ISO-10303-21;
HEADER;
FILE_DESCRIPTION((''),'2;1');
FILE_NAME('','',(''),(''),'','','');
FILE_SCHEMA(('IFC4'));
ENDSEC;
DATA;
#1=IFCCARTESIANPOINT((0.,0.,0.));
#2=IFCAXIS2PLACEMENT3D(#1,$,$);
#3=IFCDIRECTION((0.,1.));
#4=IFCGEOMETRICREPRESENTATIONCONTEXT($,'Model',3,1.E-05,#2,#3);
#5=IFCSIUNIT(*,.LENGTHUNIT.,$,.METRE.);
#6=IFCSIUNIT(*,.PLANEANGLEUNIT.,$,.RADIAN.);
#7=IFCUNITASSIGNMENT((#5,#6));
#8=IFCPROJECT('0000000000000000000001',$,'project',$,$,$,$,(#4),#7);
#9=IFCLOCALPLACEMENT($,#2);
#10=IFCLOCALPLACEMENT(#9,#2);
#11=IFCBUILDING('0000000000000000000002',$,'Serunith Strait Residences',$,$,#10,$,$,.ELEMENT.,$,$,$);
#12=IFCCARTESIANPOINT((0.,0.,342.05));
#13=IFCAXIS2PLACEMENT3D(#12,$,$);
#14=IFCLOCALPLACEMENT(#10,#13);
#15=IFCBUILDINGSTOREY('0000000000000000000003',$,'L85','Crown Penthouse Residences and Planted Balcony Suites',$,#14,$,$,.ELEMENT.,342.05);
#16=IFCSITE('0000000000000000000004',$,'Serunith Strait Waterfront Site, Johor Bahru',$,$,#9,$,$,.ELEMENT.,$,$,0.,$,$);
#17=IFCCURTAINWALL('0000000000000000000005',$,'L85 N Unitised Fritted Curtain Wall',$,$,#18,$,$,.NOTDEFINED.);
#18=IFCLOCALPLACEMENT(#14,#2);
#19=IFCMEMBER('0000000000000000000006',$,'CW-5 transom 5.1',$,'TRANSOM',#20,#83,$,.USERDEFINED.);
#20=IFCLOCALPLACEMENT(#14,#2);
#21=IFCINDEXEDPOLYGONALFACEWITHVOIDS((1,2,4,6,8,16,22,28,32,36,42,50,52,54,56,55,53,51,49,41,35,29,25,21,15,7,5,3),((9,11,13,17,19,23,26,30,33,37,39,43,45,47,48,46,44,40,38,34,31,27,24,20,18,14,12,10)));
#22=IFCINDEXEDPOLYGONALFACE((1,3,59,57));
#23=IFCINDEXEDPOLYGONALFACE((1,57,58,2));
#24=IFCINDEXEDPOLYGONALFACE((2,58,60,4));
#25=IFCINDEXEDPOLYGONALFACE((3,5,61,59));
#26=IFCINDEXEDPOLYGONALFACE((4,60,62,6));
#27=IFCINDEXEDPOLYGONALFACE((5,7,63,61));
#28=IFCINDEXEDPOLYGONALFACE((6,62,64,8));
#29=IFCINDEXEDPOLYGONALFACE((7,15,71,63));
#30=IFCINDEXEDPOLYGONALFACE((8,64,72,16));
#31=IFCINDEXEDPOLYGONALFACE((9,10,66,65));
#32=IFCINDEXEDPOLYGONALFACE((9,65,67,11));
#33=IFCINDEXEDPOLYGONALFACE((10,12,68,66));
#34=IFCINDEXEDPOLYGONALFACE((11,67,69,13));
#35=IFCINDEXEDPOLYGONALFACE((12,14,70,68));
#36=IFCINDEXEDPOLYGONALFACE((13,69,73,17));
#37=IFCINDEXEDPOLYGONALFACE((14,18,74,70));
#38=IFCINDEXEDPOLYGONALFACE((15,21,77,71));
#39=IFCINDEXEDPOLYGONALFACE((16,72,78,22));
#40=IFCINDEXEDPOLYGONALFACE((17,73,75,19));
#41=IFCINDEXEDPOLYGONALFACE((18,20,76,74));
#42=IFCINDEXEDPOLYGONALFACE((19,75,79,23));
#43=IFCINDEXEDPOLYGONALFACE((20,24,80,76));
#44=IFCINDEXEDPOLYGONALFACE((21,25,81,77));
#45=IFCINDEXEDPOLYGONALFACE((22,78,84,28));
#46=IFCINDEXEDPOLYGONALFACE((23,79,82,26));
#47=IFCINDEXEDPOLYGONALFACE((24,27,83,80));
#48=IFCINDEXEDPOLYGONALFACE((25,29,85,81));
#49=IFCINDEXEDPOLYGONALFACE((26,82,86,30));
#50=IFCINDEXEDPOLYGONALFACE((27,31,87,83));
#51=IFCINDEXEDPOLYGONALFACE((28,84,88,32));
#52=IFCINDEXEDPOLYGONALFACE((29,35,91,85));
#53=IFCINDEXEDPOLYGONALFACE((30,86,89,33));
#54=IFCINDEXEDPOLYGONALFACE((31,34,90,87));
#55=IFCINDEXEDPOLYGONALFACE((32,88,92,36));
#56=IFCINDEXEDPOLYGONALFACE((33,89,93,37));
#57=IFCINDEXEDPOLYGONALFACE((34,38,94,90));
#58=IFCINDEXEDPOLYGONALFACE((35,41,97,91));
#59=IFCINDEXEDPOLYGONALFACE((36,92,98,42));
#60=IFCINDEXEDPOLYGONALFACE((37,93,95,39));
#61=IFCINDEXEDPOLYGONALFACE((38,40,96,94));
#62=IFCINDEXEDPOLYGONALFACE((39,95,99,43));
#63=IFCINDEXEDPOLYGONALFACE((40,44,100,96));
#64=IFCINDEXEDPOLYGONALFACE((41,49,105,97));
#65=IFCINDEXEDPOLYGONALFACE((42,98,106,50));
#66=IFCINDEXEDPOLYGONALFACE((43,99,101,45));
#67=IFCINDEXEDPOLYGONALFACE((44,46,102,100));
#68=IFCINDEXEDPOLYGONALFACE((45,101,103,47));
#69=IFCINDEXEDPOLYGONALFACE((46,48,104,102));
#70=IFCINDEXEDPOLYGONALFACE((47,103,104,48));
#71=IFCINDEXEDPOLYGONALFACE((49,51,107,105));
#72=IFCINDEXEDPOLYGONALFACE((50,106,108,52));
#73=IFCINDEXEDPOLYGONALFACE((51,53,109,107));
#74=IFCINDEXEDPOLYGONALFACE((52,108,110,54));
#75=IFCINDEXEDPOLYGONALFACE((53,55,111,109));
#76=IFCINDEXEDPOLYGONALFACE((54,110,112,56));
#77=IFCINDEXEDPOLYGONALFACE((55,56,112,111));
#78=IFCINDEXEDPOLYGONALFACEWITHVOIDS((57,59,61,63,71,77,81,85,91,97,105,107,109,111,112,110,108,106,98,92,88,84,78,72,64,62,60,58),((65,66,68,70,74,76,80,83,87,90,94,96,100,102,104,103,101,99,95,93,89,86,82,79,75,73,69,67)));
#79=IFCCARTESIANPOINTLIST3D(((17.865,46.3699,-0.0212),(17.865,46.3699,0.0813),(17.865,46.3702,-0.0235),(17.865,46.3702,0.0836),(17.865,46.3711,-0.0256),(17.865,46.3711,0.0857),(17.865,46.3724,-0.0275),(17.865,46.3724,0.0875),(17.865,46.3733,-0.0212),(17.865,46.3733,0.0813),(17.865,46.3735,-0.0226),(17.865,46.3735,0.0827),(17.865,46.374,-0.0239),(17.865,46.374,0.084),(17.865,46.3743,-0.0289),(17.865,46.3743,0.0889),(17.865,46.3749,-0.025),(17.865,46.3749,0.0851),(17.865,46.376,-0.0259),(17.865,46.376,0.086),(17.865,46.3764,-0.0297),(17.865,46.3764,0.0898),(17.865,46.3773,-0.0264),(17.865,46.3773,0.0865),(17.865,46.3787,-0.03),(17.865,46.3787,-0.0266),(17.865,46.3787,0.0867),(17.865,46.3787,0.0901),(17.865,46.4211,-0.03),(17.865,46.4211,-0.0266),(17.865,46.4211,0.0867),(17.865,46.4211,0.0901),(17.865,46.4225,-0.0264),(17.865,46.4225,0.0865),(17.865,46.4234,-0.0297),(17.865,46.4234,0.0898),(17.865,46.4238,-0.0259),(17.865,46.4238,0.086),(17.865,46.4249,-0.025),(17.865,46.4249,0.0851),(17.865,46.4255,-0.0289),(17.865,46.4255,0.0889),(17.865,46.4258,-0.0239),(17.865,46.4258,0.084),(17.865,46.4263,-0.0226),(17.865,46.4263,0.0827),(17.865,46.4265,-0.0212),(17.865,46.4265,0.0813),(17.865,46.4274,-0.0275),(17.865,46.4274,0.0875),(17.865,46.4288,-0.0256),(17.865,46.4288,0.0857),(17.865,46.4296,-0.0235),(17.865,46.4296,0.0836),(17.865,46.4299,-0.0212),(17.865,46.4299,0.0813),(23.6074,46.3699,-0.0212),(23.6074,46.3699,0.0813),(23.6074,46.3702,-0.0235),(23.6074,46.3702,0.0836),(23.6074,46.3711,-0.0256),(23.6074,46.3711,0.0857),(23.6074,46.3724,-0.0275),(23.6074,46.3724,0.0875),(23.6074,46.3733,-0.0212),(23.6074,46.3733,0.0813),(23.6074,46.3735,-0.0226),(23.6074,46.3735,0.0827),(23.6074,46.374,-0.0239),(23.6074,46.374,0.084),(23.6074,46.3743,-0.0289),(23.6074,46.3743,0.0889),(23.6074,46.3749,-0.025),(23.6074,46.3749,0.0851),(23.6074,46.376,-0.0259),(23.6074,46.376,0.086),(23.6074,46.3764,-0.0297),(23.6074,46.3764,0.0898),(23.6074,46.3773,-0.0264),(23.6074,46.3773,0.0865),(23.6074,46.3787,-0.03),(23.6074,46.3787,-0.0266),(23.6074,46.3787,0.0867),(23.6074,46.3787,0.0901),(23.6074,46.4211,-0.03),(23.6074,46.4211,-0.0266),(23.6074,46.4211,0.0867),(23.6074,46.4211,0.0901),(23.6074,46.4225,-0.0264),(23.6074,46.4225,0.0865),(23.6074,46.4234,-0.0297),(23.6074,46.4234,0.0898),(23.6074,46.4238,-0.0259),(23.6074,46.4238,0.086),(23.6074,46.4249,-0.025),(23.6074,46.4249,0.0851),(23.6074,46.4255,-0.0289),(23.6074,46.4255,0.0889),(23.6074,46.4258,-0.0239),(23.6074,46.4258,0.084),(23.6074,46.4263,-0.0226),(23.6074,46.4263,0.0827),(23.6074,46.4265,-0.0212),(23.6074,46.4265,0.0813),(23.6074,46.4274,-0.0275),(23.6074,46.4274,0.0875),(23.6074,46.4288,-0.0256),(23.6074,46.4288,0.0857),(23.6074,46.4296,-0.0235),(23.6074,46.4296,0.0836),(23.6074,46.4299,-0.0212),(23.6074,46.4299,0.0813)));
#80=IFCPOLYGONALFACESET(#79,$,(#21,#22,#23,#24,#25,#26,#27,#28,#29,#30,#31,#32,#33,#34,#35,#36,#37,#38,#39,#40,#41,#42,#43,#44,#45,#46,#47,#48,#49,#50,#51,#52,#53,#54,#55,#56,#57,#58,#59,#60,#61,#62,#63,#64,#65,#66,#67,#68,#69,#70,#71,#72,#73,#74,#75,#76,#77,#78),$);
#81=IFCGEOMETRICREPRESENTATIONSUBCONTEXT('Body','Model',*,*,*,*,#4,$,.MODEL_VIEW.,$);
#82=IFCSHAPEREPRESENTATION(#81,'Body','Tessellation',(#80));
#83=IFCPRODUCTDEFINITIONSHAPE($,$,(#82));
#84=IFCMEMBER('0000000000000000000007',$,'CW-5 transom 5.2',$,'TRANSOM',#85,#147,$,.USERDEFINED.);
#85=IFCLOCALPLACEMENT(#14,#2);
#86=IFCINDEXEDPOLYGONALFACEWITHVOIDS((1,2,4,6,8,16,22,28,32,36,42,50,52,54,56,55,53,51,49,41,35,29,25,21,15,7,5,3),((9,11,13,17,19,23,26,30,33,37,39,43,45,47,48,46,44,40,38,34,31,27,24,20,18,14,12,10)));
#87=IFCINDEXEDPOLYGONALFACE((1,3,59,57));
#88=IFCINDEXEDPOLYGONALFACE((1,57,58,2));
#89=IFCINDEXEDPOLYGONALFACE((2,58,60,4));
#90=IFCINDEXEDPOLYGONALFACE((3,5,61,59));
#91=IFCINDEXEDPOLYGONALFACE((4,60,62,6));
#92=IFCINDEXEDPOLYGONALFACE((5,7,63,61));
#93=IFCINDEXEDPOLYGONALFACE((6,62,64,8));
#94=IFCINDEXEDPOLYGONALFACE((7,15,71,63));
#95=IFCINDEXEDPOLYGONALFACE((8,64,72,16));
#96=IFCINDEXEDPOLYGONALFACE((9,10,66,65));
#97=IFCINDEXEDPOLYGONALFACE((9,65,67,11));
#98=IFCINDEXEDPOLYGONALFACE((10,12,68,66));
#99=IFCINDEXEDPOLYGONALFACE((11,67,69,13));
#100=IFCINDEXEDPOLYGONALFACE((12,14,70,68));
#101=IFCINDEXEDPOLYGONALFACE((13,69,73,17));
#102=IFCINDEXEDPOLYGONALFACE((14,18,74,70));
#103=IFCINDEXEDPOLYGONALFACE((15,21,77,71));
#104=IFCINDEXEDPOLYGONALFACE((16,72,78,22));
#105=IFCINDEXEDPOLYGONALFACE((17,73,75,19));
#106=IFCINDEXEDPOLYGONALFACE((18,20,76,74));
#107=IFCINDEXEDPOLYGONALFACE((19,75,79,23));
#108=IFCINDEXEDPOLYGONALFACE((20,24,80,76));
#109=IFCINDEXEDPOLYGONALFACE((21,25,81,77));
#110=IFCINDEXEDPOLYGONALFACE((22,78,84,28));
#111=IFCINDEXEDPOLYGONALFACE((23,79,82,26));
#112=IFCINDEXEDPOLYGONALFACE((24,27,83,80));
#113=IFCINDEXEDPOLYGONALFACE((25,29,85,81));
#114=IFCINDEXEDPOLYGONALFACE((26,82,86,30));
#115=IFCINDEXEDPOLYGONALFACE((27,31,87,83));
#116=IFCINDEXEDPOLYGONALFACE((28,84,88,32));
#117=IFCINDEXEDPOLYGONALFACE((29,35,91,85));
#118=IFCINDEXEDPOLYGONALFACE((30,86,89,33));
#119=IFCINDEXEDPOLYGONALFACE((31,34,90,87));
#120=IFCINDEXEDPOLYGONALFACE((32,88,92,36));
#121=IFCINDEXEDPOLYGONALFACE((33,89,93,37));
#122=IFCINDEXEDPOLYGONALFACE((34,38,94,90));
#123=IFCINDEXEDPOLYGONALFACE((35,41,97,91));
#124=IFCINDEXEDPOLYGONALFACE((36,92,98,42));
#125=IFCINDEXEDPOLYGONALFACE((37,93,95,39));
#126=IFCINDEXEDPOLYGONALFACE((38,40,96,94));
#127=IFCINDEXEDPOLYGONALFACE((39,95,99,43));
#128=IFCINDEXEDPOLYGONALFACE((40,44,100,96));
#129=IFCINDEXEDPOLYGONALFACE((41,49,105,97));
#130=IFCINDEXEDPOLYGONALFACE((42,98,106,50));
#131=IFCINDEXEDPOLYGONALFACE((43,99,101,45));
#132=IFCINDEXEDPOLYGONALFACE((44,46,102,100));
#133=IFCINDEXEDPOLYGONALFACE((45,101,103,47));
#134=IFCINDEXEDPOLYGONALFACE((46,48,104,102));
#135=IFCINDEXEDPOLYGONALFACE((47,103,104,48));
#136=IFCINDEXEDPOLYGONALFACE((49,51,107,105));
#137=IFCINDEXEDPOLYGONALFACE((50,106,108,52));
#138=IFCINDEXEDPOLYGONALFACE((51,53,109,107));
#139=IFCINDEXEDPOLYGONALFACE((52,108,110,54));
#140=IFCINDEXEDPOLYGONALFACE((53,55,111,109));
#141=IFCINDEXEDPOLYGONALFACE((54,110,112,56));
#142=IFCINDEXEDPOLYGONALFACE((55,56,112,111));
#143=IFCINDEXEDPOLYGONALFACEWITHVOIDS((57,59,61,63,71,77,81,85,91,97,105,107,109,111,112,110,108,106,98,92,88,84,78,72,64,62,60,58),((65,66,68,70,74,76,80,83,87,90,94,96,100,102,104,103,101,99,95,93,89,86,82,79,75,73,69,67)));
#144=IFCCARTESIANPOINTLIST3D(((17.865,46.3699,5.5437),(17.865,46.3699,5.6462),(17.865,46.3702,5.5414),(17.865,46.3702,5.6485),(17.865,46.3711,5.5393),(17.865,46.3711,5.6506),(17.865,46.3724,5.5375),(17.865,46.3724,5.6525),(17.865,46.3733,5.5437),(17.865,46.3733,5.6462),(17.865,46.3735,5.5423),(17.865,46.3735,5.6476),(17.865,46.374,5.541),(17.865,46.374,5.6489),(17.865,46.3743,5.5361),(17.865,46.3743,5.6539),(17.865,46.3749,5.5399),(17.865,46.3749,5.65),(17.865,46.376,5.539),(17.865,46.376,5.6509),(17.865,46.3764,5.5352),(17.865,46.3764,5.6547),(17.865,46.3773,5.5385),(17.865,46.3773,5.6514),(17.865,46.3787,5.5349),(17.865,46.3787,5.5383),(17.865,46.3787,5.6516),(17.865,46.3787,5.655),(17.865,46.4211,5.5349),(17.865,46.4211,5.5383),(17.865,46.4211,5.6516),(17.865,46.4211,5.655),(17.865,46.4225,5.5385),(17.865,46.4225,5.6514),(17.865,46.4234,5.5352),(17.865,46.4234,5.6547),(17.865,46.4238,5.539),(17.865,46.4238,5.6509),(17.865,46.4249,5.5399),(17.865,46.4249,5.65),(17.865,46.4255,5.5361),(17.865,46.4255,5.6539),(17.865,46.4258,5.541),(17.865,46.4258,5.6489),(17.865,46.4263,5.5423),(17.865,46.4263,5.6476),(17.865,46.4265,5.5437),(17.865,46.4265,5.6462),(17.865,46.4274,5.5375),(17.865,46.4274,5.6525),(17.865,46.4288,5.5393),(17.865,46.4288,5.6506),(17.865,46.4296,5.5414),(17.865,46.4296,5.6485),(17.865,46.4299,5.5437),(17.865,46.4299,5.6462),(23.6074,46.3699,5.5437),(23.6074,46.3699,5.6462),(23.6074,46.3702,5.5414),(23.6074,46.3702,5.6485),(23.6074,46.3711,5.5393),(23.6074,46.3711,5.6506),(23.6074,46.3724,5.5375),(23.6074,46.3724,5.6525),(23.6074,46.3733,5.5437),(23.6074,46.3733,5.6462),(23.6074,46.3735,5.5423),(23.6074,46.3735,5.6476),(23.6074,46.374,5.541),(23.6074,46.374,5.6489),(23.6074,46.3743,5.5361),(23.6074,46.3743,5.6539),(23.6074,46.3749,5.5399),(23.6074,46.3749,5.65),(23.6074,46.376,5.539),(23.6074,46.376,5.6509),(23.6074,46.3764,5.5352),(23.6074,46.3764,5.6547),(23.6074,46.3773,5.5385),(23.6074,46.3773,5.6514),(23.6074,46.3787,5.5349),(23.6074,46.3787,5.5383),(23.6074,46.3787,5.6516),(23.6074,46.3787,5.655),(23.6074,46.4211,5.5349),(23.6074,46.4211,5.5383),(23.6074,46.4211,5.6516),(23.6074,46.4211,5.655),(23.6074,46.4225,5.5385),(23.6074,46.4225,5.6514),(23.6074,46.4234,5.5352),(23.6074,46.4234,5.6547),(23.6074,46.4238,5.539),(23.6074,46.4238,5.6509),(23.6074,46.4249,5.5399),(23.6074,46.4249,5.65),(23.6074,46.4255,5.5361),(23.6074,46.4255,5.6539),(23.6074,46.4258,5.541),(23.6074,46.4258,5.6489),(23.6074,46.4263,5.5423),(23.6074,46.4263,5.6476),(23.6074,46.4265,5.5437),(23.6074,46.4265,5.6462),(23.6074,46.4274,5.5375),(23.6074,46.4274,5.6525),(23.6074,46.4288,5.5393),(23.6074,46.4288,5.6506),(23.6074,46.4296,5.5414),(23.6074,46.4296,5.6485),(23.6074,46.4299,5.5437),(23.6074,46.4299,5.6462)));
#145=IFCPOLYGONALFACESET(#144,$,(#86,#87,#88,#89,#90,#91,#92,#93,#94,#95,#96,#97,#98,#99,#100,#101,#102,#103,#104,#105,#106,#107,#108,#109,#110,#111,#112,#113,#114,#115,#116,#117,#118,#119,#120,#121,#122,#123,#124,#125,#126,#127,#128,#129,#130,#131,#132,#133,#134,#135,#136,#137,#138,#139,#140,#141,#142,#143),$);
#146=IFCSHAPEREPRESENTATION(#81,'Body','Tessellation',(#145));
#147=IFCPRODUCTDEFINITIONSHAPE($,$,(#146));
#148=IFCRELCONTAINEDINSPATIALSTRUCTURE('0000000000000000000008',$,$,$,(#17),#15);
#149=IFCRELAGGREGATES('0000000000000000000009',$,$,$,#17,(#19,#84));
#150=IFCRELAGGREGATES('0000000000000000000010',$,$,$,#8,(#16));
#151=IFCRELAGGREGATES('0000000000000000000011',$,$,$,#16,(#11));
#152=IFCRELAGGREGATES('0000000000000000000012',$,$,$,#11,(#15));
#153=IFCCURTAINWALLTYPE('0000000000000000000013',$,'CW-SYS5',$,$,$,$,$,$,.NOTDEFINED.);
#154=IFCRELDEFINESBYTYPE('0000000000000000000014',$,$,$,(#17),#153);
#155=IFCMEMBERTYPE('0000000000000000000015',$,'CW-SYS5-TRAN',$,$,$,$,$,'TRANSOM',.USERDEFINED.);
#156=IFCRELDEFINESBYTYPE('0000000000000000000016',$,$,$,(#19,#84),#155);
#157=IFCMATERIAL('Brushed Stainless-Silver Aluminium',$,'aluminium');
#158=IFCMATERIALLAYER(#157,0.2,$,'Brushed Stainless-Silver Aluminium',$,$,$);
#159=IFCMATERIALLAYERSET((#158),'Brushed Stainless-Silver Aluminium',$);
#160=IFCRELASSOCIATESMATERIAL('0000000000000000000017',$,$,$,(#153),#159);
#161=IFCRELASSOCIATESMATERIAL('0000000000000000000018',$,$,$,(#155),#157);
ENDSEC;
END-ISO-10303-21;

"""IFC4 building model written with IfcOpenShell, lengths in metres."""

from ifc_helpers import new_model, si_unit, direction, frame, origin, origin_2d, place, context, subcontext, project, spatial, hollow_rectangle, extrude, source, transform, mapped, material, layer, layer_set, material_profile, profile_set, type_object, element, aggregate, save


model = new_model("IFC4")

# Units and contexts
model_context = context("Model", 3, precision=1e-05, world=origin(), true_north=direction((0.0, 1.0)))
body_context = subcontext(model_context, "Body", "Model", "MODEL_VIEW")
ifc_project = project(units=[si_unit("LENGTHUNIT", "METRE"), si_unit("PLANEANGLEUNIT", "RADIAN")], contexts=[model_context])

# Site, building, storey
site_placement = place(None, origin())
site = spatial("IfcSite", under=ifc_project, at=site_placement, Name="Serunith Strait Waterfront Site, Johor Bahru", CompositionType="ELEMENT", RefElevation=0.0)
building_placement = place(site_placement, origin())
building = spatial("IfcBuilding", under=site, at=building_placement, Name="Serunith Strait Residences", CompositionType="ELEMENT")
storey_placement = place(building_placement, frame((0.0, 0.0, 342.05)))
storey = spatial("IfcBuildingStorey", under=building, at=storey_placement, Name="L85", Description="Crown Penthouse Residences and Planted Balcony Suites", CompositionType="ELEMENT", Elevation=342.05)

# Curtain wall, members
ifc_material_1 = material(Name="Brushed Stainless-Silver Aluminium", Category="aluminium")
ifc_layer_1 = layer(ifc_material_1, 0.2, Name="Brushed Stainless-Silver Aluminium")
ifc_layer_set_1 = layer_set([ifc_layer_1], Name="Brushed Stainless-Silver Aluminium")
curtain_wall_type = type_object("IfcCurtainWallType", Name="CW-SYS5", PredefinedType="NOTDEFINED", material=ifc_layer_set_1)
curtain_wall_placement = place(storey_placement, origin())
curtain_wall = element("IfcCurtainWall", 1, at=curtain_wall_placement, inside=storey, type_object=curtain_wall_type, Name="L85 N Unitised Fritted Curtain Wall", PredefinedType="NOTDEFINED")
ifc_material_profile_1 = material_profile(ifc_material_1, hollow_rectangle(XDim=0.0601, YDim=0.1201, WallThickness=0.0034, InnerFilletRadius=0.0054, OuterFilletRadius=0.0088, at=origin_2d()), Name="ALU 120x60x3.5")
ifc_profile_set_1 = profile_set([ifc_material_profile_1], Name="Brushed Stainless-Silver Aluminium")
member_type_1 = type_object("IfcMemberType", Name="CW-SYS5-TRAN", ElementType="TRANSOM", PredefinedType="USERDEFINED", material=ifc_profile_set_1)
shared_shape_1 = source(origin(), body_context, "Body", "SweptSolid", [
    extrude(hollow_rectangle(XDim=0.0601, YDim=0.1201, WallThickness=0.0034, InnerFilletRadius=0.0054, OuterFilletRadius=0.0088, at=origin_2d()), origin(), (0.0, 0.0, 1.0), 5.7424),
])
member_1_placement = place(storey_placement, frame((23.6074, 46.3999, 0.03), z_axis=(-1.0, 0.0, 0.0), x_axis=(0.0, -1.0, 0.0)))
member_1 = element("IfcMember", 2, at=member_1_placement, type_object=member_type_1, Name="CW-5 transom 5.1", ObjectType="TRANSOM", PredefinedType="USERDEFINED", context=body_context, shape_type="MappedRepresentation", body=[
    mapped(shared_shape_1, transform((0.0, 0.0, 0.0), scale=1.0)),
])
member_2_placement = place(storey_placement, frame((23.6074, 46.3999, 5.595), z_axis=(-1.0, 0.0, 0.0), x_axis=(0.0, -1.0, 0.0)))
member_2 = element("IfcMember", 3, at=member_2_placement, type_object=member_type_1, Name="CW-5 transom 5.2", ObjectType="TRANSOM", PredefinedType="USERDEFINED", context=body_context, shape_type="MappedRepresentation", body=[
    mapped(shared_shape_1, transform((0.0, 0.0, 0.0), scale=1.0)),
])
aggregate(curtain_wall, [member_1, member_2])

save(model, "model.ifc")
